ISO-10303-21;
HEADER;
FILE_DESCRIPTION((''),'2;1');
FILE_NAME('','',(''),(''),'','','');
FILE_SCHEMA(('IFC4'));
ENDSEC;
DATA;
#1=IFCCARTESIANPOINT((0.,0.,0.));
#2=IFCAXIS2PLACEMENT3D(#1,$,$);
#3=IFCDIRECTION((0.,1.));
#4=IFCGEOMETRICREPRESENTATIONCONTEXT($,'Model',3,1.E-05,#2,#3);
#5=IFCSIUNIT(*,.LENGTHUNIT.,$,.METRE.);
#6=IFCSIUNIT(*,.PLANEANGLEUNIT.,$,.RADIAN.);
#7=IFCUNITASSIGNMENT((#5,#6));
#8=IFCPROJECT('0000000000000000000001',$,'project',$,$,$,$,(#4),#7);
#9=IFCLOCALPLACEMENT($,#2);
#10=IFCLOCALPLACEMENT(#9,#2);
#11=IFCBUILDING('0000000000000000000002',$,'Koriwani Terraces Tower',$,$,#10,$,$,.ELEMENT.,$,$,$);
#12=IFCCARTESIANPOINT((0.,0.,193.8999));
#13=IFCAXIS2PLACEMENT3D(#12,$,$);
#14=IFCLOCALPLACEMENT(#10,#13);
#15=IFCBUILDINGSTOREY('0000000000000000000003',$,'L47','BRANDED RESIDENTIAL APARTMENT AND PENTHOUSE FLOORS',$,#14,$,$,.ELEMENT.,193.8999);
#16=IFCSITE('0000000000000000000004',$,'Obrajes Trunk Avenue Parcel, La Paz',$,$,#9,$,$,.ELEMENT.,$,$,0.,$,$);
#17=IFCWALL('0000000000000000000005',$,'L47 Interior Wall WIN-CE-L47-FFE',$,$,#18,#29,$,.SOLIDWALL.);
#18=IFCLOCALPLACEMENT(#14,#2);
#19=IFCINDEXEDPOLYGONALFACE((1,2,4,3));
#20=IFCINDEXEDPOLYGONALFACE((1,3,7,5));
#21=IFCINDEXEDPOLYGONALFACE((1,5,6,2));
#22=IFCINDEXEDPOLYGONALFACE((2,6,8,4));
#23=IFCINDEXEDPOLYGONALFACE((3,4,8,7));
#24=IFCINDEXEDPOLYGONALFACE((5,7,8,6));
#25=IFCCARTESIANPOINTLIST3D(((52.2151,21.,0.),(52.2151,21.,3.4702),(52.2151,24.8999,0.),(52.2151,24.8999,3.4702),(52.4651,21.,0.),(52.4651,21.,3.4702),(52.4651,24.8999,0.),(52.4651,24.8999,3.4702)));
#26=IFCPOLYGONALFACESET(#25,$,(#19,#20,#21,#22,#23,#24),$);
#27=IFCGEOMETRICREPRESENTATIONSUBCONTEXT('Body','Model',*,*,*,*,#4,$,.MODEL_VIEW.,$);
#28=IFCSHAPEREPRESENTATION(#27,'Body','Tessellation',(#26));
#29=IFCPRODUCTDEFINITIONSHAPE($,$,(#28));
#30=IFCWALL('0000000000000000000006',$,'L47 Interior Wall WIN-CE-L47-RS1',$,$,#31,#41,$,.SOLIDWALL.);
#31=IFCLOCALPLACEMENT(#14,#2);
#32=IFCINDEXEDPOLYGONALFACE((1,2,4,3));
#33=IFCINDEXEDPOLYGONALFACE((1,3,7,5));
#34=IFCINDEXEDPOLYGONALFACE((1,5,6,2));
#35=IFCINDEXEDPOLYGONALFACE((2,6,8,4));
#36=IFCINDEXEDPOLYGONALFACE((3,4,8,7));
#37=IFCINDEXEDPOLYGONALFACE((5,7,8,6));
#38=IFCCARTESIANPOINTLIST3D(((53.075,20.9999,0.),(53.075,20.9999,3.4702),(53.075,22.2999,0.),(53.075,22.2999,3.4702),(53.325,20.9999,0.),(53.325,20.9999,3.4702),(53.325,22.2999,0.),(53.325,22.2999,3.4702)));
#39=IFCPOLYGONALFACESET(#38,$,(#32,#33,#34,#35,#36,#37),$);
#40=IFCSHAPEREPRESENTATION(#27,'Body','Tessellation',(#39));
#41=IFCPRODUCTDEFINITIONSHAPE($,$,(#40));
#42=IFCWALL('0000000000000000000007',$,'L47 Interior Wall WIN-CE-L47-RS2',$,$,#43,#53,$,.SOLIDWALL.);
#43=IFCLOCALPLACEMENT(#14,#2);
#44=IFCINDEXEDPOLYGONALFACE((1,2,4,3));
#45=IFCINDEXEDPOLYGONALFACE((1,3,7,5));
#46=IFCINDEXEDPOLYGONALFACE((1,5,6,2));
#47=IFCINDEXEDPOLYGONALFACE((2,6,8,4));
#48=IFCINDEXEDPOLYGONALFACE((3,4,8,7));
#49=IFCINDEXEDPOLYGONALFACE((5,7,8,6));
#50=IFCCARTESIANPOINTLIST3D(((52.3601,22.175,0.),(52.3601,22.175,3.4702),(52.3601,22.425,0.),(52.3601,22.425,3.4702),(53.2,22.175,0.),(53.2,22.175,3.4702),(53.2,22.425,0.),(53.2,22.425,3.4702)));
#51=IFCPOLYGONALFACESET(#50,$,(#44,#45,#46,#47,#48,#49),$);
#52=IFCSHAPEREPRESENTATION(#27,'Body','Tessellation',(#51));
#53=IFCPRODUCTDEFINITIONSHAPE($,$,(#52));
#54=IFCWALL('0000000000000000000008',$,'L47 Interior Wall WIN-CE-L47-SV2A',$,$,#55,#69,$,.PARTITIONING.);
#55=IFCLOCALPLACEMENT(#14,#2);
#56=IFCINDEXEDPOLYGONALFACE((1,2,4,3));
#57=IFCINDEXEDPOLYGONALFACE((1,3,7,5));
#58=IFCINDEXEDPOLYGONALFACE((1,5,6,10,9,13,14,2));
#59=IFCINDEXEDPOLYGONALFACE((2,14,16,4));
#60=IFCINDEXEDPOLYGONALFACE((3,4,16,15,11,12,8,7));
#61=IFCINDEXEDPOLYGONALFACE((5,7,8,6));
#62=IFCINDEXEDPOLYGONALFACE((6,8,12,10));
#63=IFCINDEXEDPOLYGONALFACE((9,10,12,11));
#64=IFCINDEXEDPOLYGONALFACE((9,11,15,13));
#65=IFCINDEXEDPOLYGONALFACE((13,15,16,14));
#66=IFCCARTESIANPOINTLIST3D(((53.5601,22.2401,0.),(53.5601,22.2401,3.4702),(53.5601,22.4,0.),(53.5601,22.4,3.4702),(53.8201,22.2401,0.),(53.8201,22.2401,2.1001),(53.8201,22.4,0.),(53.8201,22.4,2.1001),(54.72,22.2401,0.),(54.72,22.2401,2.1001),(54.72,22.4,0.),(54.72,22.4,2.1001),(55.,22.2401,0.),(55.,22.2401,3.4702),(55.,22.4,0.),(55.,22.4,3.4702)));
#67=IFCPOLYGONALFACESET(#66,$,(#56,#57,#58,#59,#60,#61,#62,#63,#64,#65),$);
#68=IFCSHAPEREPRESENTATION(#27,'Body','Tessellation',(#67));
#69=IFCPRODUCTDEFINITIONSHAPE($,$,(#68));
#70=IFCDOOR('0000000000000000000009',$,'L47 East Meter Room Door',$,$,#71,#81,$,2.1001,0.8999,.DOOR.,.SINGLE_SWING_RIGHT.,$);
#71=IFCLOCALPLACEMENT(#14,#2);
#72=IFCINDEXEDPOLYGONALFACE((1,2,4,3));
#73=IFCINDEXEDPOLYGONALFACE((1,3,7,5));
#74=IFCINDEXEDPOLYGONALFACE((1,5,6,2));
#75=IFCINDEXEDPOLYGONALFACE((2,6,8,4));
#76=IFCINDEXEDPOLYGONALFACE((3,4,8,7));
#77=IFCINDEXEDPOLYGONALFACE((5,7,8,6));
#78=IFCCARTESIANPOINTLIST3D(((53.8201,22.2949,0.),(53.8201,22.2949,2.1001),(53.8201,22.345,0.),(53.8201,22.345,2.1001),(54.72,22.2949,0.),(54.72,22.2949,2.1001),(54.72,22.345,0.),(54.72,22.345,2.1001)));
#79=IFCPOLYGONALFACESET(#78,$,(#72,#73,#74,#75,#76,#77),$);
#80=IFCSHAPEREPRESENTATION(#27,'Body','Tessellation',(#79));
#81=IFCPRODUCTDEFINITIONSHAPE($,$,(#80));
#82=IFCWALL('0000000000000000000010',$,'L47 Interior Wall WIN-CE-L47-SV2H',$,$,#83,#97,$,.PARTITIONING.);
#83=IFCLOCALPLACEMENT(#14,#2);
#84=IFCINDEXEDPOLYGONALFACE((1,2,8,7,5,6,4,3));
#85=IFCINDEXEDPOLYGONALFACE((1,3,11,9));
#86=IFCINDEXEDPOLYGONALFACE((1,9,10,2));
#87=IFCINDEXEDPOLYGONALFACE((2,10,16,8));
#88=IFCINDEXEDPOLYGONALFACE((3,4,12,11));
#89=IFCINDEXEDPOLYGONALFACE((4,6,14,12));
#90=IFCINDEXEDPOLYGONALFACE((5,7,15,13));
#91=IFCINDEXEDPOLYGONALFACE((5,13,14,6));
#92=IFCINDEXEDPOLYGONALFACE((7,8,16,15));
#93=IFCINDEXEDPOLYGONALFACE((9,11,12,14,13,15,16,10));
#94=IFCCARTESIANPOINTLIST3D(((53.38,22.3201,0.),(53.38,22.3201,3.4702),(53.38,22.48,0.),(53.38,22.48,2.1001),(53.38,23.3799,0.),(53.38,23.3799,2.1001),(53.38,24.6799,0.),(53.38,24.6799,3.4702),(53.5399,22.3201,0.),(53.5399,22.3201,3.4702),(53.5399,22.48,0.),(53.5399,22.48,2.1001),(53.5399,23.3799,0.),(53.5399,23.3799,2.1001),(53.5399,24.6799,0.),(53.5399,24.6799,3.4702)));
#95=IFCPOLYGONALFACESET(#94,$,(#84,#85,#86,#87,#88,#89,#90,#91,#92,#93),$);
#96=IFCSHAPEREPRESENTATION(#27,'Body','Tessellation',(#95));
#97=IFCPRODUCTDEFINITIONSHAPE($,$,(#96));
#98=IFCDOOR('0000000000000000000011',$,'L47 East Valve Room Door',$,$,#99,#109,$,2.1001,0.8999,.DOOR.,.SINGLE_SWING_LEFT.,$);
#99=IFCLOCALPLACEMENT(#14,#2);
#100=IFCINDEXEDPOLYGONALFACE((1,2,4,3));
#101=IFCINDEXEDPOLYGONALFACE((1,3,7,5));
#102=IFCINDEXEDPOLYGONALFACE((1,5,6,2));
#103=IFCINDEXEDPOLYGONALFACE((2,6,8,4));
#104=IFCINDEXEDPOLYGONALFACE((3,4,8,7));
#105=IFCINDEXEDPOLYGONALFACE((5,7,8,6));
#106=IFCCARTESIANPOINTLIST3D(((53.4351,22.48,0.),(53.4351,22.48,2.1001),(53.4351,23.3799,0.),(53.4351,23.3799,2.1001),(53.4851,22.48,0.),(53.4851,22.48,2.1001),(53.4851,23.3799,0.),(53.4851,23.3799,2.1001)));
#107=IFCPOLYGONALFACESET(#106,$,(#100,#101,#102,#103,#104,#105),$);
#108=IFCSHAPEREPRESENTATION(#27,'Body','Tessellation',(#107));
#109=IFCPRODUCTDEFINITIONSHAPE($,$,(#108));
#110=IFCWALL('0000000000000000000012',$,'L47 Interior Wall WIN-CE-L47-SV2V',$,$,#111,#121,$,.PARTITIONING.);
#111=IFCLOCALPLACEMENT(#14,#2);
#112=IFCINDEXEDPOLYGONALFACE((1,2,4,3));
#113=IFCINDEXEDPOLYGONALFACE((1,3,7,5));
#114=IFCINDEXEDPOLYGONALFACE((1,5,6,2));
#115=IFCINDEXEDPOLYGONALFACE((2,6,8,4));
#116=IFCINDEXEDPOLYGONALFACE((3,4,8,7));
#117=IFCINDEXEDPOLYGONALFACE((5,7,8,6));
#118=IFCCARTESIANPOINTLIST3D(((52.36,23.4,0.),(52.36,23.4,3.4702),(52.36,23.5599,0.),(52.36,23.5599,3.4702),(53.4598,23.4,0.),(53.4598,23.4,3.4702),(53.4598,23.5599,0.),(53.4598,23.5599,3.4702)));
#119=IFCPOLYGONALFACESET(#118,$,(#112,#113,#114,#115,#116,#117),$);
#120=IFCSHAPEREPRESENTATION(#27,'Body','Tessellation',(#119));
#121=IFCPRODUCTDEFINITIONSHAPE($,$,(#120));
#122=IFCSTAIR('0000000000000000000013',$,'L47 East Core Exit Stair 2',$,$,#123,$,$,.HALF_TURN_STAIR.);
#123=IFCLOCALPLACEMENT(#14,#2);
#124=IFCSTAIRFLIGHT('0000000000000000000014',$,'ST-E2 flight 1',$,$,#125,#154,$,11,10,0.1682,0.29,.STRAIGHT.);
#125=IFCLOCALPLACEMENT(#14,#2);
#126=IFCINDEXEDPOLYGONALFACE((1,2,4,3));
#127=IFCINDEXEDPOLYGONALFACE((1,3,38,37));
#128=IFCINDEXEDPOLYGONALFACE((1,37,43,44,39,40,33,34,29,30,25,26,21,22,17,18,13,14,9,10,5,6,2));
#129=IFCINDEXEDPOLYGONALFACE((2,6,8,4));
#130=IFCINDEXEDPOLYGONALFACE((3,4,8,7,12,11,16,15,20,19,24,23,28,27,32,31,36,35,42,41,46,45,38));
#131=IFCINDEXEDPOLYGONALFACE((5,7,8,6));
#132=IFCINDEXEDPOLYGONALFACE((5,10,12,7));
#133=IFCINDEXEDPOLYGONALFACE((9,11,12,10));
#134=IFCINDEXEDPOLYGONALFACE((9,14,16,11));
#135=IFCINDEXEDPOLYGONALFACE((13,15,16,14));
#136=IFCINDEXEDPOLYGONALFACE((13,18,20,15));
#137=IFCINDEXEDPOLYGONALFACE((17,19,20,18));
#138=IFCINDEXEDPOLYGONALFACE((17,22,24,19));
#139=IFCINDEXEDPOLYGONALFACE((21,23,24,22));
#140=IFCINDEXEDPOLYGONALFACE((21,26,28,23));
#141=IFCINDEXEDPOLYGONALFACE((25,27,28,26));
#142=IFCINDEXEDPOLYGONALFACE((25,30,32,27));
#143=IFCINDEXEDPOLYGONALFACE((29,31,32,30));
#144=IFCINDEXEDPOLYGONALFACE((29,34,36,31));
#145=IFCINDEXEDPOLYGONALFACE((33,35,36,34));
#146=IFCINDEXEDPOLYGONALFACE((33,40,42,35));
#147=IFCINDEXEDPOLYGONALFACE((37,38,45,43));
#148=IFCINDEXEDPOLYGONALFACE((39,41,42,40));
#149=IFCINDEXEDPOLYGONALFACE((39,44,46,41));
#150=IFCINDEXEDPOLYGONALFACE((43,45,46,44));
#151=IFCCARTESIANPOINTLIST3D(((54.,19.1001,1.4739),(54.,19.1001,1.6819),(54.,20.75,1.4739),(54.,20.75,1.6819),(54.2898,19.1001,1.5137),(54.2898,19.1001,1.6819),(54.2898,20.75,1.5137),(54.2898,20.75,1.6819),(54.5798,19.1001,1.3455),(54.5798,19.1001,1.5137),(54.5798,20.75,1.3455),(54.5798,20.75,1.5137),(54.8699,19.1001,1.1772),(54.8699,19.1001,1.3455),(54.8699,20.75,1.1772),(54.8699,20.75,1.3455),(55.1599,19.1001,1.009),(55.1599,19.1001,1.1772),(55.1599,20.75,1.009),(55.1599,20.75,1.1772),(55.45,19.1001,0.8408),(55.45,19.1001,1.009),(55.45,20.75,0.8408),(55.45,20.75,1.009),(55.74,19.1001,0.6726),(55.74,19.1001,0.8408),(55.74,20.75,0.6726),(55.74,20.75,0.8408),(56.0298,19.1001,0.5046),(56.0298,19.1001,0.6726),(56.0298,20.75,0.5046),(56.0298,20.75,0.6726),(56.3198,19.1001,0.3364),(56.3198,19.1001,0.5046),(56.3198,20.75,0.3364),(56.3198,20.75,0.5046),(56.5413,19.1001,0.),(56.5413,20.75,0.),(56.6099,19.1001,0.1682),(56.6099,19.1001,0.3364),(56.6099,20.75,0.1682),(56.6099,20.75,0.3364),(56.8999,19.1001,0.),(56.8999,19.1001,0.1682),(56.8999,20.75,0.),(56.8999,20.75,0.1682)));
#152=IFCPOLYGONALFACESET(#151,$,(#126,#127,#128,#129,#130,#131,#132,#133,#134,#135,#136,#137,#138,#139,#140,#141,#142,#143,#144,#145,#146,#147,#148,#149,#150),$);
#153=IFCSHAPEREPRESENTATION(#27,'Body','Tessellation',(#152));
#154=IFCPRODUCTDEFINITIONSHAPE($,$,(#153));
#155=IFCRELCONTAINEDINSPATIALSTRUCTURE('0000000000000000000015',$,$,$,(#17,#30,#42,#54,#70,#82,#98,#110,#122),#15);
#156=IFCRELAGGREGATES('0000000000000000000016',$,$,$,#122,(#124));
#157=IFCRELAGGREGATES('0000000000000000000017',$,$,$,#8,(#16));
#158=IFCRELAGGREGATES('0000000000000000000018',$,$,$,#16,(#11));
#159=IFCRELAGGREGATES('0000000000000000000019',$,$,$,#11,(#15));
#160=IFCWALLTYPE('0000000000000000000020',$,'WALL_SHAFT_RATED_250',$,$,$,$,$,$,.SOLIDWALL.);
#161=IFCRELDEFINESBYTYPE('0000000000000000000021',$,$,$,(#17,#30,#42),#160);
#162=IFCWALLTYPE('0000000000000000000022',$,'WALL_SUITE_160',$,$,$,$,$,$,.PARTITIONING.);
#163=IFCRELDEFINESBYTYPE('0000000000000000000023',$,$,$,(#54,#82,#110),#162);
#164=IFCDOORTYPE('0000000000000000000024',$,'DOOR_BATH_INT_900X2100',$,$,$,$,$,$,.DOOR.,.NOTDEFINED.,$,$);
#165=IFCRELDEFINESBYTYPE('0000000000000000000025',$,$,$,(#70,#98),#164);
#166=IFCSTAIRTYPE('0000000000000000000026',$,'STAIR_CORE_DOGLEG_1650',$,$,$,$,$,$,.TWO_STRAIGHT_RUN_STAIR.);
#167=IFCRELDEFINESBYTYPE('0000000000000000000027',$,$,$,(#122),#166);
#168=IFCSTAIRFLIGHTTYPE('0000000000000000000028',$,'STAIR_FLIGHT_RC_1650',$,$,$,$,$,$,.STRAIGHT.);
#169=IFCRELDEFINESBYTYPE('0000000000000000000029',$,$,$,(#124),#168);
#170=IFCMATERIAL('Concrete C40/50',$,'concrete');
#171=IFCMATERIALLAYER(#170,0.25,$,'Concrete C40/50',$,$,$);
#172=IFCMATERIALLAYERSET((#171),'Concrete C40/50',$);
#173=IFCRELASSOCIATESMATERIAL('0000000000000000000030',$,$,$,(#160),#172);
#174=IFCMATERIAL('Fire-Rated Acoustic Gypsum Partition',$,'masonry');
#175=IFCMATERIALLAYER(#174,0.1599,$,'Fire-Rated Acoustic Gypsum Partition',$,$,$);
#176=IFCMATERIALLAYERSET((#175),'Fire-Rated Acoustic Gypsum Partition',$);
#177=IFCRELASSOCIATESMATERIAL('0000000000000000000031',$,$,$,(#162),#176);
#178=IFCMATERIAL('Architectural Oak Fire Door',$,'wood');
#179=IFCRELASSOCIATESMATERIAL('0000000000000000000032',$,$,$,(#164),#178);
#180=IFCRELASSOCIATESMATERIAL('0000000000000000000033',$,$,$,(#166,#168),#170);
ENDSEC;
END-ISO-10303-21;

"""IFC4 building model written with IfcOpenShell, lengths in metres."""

from ifc_helpers import new_model, si_unit, direction, frame, frame_2d, origin, place, context, subcontext, project, spatial, polyline, rectangle, outline, extrude, material, layer, layer_set, type_object, element, fill, aggregate, save


model = new_model("IFC4")

# Units and contexts
model_context = context("Model", 3, precision=1e-05, world=origin(), true_north=direction((0.0, 1.0)))
body_context = subcontext(model_context, "Body", "Model", "MODEL_VIEW")
ifc_project = project(units=[si_unit("LENGTHUNIT", "METRE"), si_unit("PLANEANGLEUNIT", "RADIAN")], contexts=[model_context])

# Site, building, storey
site_placement = place(None, origin())
site = spatial("IfcSite", under=ifc_project, at=site_placement, Name="Obrajes Trunk Avenue Parcel, La Paz", CompositionType="ELEMENT", RefElevation=0.0)
building_placement = place(site_placement, origin())
building = spatial("IfcBuilding", under=site, at=building_placement, Name="Koriwani Terraces Tower", CompositionType="ELEMENT")
storey_placement = place(building_placement, frame((0.0, 0.0, 193.8999)))
storey = spatial("IfcBuildingStorey", under=building, at=storey_placement, Name="L47", Description="BRANDED RESIDENTIAL APARTMENT AND PENTHOUSE FLOORS", CompositionType="ELEMENT", Elevation=193.8999)

# Shared definitions
ifc_material_1 = material(Name="Concrete C40/50", Category="concrete")
ifc_layer_1 = layer(ifc_material_1, 0.25, Name="Concrete C40/50")
ifc_layer_set_1 = layer_set([ifc_layer_1], Name="Concrete C40/50")
wall_type_1 = type_object("IfcWallType", Name="WALL_SHAFT_RATED_250", PredefinedType="SOLIDWALL", material=ifc_layer_set_1)

# Wall
wall_1_placement = place(storey_placement, frame((52.3401, 21.0, 0.0), z_axis=(0.0, 0.0, 1.0), x_axis=(0.0, 1.0, 0.0)))
element("IfcWall", 1, at=wall_1_placement, inside=storey, type_object=wall_type_1, Name="L47 Interior Wall WIN-CE-L47-FFE", PredefinedType="SOLIDWALL", context=body_context, shape_type="SweptSolid", body=[
    extrude(rectangle(XDim=3.8999, YDim=0.25, at=frame_2d((1.95, 0.0))), origin(), (0.0, 0.0, 1.0), 3.4702),
])

# Walls
wall_2_placement = place(storey_placement, frame((53.2, 21.0, 0.0), z_axis=(0.0, 0.0, 1.0), x_axis=(0.0, 1.0, 0.0)))
element("IfcWall", 2, at=wall_2_placement, inside=storey, type_object=wall_type_1, Name="L47 Interior Wall WIN-CE-L47-RS1", PredefinedType="SOLIDWALL", context=body_context, shape_type="SweptSolid", body=[
    extrude(rectangle(XDim=1.3, YDim=0.25, at=frame_2d((0.6499, 0.0))), origin(), (0.0, 0.0, 1.0), 3.4702),
])
wall_3_placement = place(storey_placement, frame((52.3601, 22.3, 0.0), z_axis=(0.0, 0.0, 1.0), x_axis=(1.0, 0.0, 0.0)))
element("IfcWall", 3, at=wall_3_placement, inside=storey, type_object=wall_type_1, Name="L47 Interior Wall WIN-CE-L47-RS2", PredefinedType="SOLIDWALL", context=body_context, shape_type="SweptSolid", body=[
    extrude(rectangle(XDim=0.8398, YDim=0.25, at=frame_2d((0.4199, 0.0))), origin(), (0.0, 0.0, 1.0), 3.4702),
])

# Walls, openings, doors
ifc_material_2 = material(Name="Fire-Rated Acoustic Gypsum Partition", Category="masonry")
ifc_layer_2 = layer(ifc_material_2, 0.1599, Name="Fire-Rated Acoustic Gypsum Partition")
ifc_layer_set_2 = layer_set([ifc_layer_2], Name="Fire-Rated Acoustic Gypsum Partition")
wall_type_2 = type_object("IfcWallType", Name="WALL_SUITE_160", PredefinedType="PARTITIONING", material=ifc_layer_set_2)
wall_4_placement = place(storey_placement, frame((53.5601, 22.3201, 0.0), z_axis=(0.0, 0.0, 1.0), x_axis=(1.0, 0.0, 0.0)))
wall_4 = element("IfcWall", 4, at=wall_4_placement, inside=storey, type_object=wall_type_2, Name="L47 Interior Wall WIN-CE-L47-SV2A", PredefinedType="PARTITIONING", context=body_context, shape_type="SweptSolid", body=[
    extrude(rectangle(XDim=1.4399, YDim=0.1599, at=frame_2d((0.72, 0.0))), origin(), (0.0, 0.0, 1.0), 3.4702),
])
opening_1_placement = place(wall_4_placement, frame((0.26, 0.0, 0.0)))
opening_1 = element("IfcOpeningElement", 5, at=opening_1_placement, cuts=wall_4, PredefinedType="OPENING", context=body_context, shape_type="SweptSolid", body=[
    extrude(rectangle(XDim=0.8999, YDim=2.1001, at=frame_2d((0.45, 1.05))), frame((0.0, 0.0898, 0.0), z_axis=(0.0, -1.0, 0.0), x_axis=(1.0, 0.0, 0.0)), (0.0, 0.0, 1.0), 0.1799),
])
ifc_material_3 = material(Name="Architectural Oak Fire Door", Category="wood")
door_type_1 = type_object("IfcDoorType", Name="DOOR_BATH_INT_900X2100", OperationType="NOTDEFINED", PredefinedType="DOOR", material=ifc_material_3)
door_1_placement = place(opening_1_placement, origin())
door_1 = element("IfcDoor", 6, at=door_1_placement, inside=storey, type_object=door_type_1, Name="L47 East Meter Room Door", OperationType="SINGLE_SWING_RIGHT", OverallHeight=2.1001, OverallWidth=0.8999, PredefinedType="DOOR", context=body_context, shape_type="SweptSolid", body=[
    extrude(rectangle(XDim=0.8999, YDim=2.1001, at=frame_2d((0.45, 1.05))), frame((0.0, 0.0249, 0.0), z_axis=(0.0, -1.0, 0.0), x_axis=(1.0, 0.0, 0.0)), (0.0, 0.0, 1.0), 0.05),
])
fill(opening_1, door_1)
wall_5_placement = place(storey_placement, frame((53.46, 22.3201, 0.0), z_axis=(0.0, 0.0, 1.0), x_axis=(0.0, 1.0, 0.0)))
wall_5 = element("IfcWall", 7, at=wall_5_placement, inside=storey, type_object=wall_type_2, Name="L47 Interior Wall WIN-CE-L47-SV2H", PredefinedType="PARTITIONING", context=body_context, shape_type="SweptSolid", body=[
    extrude(rectangle(XDim=2.3599, YDim=0.1599, at=frame_2d((1.1799, 0.0))), origin(), (0.0, 0.0, 1.0), 3.4702),
])
opening_2_placement = place(wall_5_placement, frame((0.1599, 0.0, 0.0)))
opening_2 = element("IfcOpeningElement", 8, at=opening_2_placement, cuts=wall_5, PredefinedType="OPENING", context=body_context, shape_type="SweptSolid", body=[
    extrude(rectangle(XDim=0.8999, YDim=2.1001, at=frame_2d((0.45, 1.05))), frame((0.0, 0.0898, 0.0), z_axis=(0.0, -1.0, 0.0), x_axis=(1.0, 0.0, 0.0)), (0.0, 0.0, 1.0), 0.1799),
])
door_2_placement = place(opening_2_placement, origin())
door_2 = element("IfcDoor", 9, at=door_2_placement, inside=storey, type_object=door_type_1, Name="L47 East Valve Room Door", OperationType="SINGLE_SWING_LEFT", OverallHeight=2.1001, OverallWidth=0.8999, PredefinedType="DOOR", context=body_context, shape_type="SweptSolid", body=[
    extrude(rectangle(XDim=0.8999, YDim=2.1001, at=frame_2d((0.45, 1.05))), frame((0.0, 0.0249, 0.0), z_axis=(0.0, -1.0, 0.0), x_axis=(1.0, 0.0, 0.0)), (0.0, 0.0, 1.0), 0.05),
])
fill(opening_2, door_2)

# Wall
wall_6_placement = place(storey_placement, frame((52.3601, 23.48, 0.0), z_axis=(0.0, 0.0, 1.0), x_axis=(1.0, 0.0, 0.0)))
element("IfcWall", 10, at=wall_6_placement, inside=storey, type_object=wall_type_2, Name="L47 Interior Wall WIN-CE-L47-SV2V", PredefinedType="PARTITIONING", context=body_context, shape_type="SweptSolid", body=[
    extrude(rectangle(XDim=1.0999, YDim=0.1599, at=frame_2d((0.5498, 0.0))), origin(), (0.0, 0.0, 1.0), 3.4702),
])

# Stair, stair flight
stair_type = type_object("IfcStairType", Name="STAIR_CORE_DOGLEG_1650", PredefinedType="TWO_STRAIGHT_RUN_STAIR", material=ifc_material_1)
stair_placement = place(storey_placement, origin())
stair = element("IfcStair", 11, at=stair_placement, inside=storey, type_object=stair_type, Name="L47 East Core Exit Stair 2", PredefinedType="HALF_TURN_STAIR")
stair_flight_type = type_object("IfcStairFlightType", Name="STAIR_FLIGHT_RC_1650", PredefinedType="STRAIGHT", material=ifc_material_1)
stair_flight_placement = place(storey_placement, frame((56.8999, 19.925, 0.0), z_axis=(0.0, 0.0, 1.0), x_axis=(-1.0, 0.0, 0.0)))
stair_flight = element("IfcStairFlight", 12, at=stair_flight_placement, type_object=stair_flight_type, Name="ST-E2 flight 1", NumberOfRisers=11, NumberOfTreads=10, PredefinedType="STRAIGHT", RiserHeight=0.1682, TreadLength=0.29, context=body_context, shape_type="SweptSolid", body=[
    extrude(outline(polyline([(0.0, 0.0), (0.0, 0.1682), (0.29, 0.1682), (0.29, 0.3364), (0.5801, 0.3364), (0.5801, 0.5046), (0.8701, 0.5046), (0.8701, 0.6726), (1.1599, 0.6726), (1.1599, 0.8408), (1.45, 0.8408), (1.45, 1.009), (1.74, 1.009), (1.74, 1.1772), (2.03, 1.1772), (2.03, 1.3455), (2.3201, 1.3455), (2.3201, 1.5137), (2.6101, 1.5137), (2.6101, 1.6819), (2.8999, 1.6819), (2.8999, 1.8501), (2.8999, 1.4739), (0.3586, 0.0), (0.0, 0.0)])), frame((0.0, 0.825, 0.0), z_axis=(0.0, -1.0, 0.0), x_axis=(1.0, 0.0, 0.0)), (0.0, 0.0, 1.0), 1.6499),
])
aggregate(stair, [stair_flight])

save(model, "model.ifc")
